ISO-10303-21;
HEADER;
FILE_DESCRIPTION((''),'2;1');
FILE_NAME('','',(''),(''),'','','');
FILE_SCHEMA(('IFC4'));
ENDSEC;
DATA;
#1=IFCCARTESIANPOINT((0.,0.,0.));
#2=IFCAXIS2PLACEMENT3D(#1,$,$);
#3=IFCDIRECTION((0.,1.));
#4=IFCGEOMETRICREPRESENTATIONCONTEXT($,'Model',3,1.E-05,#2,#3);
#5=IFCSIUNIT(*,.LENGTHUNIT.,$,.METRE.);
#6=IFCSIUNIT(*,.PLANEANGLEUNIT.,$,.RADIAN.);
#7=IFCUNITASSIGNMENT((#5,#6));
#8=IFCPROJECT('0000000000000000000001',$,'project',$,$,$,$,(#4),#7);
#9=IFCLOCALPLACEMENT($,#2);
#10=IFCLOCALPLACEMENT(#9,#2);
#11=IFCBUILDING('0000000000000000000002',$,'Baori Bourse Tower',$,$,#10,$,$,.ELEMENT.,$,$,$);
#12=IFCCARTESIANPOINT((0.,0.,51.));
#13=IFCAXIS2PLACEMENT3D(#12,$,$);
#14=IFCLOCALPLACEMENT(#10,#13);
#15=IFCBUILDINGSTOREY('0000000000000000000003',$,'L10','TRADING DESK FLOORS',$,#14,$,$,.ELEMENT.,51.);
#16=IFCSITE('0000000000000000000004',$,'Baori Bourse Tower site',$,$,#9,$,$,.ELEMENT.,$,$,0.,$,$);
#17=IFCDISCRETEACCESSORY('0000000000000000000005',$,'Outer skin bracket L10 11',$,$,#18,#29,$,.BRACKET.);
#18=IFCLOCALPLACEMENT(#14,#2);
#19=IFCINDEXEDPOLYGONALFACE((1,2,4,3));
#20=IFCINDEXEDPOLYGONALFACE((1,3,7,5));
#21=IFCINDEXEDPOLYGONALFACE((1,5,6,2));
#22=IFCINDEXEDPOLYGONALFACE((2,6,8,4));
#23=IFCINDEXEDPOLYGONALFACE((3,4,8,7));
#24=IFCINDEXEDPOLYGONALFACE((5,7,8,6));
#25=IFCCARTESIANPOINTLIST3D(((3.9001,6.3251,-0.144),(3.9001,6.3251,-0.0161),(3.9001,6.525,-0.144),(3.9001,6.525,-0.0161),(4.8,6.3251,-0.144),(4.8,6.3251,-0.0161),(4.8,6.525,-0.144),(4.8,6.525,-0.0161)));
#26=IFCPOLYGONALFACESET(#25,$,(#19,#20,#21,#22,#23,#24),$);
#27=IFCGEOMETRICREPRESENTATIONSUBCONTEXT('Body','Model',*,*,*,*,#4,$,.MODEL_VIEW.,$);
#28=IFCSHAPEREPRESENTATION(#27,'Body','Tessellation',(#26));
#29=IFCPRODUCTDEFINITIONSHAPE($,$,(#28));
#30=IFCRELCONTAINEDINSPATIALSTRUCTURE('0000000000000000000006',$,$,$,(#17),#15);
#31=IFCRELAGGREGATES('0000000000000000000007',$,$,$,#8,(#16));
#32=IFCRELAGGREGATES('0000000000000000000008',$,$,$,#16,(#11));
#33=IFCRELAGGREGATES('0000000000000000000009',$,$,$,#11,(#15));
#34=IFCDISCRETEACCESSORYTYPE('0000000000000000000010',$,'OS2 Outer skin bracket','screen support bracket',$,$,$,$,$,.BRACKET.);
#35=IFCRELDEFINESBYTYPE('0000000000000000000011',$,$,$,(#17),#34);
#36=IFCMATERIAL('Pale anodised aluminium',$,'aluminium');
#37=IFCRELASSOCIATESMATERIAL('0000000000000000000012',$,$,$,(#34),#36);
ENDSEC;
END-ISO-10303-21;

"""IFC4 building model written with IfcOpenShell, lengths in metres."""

from ifc_helpers import new_model, si_unit, direction, frame, origin, origin_2d, place, context, subcontext, project, spatial, rectangle, extrude, material, type_object, element, save


model = new_model("IFC4")

# Units and contexts
model_context = context("Model", 3, precision=1e-05, world=origin(), true_north=direction((0.0, 1.0)))
body_context = subcontext(model_context, "Body", "Model", "MODEL_VIEW")
ifc_project = project(units=[si_unit("LENGTHUNIT", "METRE"), si_unit("PLANEANGLEUNIT", "RADIAN")], contexts=[model_context])

# Site, building, storey
site_placement = place(None, origin())
site = spatial("IfcSite", under=ifc_project, at=site_placement, Name="Baori Bourse Tower site", CompositionType="ELEMENT", RefElevation=0.0)
building_placement = place(site_placement, origin())
building = spatial("IfcBuilding", under=site, at=building_placement, Name="Baori Bourse Tower", CompositionType="ELEMENT")
storey_placement = place(building_placement, frame((0.0, 0.0, 51.0)))
storey = spatial("IfcBuildingStorey", under=building, at=storey_placement, Name="L10", Description="TRADING DESK FLOORS", CompositionType="ELEMENT", Elevation=51.0)

# Discrete accessory
ifc_material_1 = material(Name="Pale anodised aluminium", Category="aluminium")
discrete_accessory_type = type_object("IfcDiscreteAccessoryType", Name="OS2 Outer skin bracket", Description="screen support bracket", PredefinedType="BRACKET", material=ifc_material_1)
discrete_accessory_placement = place(storey_placement, frame((4.3501, 6.425, -0.144), z_axis=(0.0, 0.0, 1.0), x_axis=(0.0, -1.0, 0.0)))
element("IfcDiscreteAccessory", 1, at=discrete_accessory_placement, inside=storey, type_object=discrete_accessory_type, Name="Outer skin bracket L10 11", PredefinedType="BRACKET", context=body_context, shape_type="SweptSolid", body=[
    extrude(rectangle(XDim=0.2, YDim=0.8999, at=origin_2d()), origin(), (0.0, 0.0, 1.0), 0.1279),
])

save(model, "model.ifc")
